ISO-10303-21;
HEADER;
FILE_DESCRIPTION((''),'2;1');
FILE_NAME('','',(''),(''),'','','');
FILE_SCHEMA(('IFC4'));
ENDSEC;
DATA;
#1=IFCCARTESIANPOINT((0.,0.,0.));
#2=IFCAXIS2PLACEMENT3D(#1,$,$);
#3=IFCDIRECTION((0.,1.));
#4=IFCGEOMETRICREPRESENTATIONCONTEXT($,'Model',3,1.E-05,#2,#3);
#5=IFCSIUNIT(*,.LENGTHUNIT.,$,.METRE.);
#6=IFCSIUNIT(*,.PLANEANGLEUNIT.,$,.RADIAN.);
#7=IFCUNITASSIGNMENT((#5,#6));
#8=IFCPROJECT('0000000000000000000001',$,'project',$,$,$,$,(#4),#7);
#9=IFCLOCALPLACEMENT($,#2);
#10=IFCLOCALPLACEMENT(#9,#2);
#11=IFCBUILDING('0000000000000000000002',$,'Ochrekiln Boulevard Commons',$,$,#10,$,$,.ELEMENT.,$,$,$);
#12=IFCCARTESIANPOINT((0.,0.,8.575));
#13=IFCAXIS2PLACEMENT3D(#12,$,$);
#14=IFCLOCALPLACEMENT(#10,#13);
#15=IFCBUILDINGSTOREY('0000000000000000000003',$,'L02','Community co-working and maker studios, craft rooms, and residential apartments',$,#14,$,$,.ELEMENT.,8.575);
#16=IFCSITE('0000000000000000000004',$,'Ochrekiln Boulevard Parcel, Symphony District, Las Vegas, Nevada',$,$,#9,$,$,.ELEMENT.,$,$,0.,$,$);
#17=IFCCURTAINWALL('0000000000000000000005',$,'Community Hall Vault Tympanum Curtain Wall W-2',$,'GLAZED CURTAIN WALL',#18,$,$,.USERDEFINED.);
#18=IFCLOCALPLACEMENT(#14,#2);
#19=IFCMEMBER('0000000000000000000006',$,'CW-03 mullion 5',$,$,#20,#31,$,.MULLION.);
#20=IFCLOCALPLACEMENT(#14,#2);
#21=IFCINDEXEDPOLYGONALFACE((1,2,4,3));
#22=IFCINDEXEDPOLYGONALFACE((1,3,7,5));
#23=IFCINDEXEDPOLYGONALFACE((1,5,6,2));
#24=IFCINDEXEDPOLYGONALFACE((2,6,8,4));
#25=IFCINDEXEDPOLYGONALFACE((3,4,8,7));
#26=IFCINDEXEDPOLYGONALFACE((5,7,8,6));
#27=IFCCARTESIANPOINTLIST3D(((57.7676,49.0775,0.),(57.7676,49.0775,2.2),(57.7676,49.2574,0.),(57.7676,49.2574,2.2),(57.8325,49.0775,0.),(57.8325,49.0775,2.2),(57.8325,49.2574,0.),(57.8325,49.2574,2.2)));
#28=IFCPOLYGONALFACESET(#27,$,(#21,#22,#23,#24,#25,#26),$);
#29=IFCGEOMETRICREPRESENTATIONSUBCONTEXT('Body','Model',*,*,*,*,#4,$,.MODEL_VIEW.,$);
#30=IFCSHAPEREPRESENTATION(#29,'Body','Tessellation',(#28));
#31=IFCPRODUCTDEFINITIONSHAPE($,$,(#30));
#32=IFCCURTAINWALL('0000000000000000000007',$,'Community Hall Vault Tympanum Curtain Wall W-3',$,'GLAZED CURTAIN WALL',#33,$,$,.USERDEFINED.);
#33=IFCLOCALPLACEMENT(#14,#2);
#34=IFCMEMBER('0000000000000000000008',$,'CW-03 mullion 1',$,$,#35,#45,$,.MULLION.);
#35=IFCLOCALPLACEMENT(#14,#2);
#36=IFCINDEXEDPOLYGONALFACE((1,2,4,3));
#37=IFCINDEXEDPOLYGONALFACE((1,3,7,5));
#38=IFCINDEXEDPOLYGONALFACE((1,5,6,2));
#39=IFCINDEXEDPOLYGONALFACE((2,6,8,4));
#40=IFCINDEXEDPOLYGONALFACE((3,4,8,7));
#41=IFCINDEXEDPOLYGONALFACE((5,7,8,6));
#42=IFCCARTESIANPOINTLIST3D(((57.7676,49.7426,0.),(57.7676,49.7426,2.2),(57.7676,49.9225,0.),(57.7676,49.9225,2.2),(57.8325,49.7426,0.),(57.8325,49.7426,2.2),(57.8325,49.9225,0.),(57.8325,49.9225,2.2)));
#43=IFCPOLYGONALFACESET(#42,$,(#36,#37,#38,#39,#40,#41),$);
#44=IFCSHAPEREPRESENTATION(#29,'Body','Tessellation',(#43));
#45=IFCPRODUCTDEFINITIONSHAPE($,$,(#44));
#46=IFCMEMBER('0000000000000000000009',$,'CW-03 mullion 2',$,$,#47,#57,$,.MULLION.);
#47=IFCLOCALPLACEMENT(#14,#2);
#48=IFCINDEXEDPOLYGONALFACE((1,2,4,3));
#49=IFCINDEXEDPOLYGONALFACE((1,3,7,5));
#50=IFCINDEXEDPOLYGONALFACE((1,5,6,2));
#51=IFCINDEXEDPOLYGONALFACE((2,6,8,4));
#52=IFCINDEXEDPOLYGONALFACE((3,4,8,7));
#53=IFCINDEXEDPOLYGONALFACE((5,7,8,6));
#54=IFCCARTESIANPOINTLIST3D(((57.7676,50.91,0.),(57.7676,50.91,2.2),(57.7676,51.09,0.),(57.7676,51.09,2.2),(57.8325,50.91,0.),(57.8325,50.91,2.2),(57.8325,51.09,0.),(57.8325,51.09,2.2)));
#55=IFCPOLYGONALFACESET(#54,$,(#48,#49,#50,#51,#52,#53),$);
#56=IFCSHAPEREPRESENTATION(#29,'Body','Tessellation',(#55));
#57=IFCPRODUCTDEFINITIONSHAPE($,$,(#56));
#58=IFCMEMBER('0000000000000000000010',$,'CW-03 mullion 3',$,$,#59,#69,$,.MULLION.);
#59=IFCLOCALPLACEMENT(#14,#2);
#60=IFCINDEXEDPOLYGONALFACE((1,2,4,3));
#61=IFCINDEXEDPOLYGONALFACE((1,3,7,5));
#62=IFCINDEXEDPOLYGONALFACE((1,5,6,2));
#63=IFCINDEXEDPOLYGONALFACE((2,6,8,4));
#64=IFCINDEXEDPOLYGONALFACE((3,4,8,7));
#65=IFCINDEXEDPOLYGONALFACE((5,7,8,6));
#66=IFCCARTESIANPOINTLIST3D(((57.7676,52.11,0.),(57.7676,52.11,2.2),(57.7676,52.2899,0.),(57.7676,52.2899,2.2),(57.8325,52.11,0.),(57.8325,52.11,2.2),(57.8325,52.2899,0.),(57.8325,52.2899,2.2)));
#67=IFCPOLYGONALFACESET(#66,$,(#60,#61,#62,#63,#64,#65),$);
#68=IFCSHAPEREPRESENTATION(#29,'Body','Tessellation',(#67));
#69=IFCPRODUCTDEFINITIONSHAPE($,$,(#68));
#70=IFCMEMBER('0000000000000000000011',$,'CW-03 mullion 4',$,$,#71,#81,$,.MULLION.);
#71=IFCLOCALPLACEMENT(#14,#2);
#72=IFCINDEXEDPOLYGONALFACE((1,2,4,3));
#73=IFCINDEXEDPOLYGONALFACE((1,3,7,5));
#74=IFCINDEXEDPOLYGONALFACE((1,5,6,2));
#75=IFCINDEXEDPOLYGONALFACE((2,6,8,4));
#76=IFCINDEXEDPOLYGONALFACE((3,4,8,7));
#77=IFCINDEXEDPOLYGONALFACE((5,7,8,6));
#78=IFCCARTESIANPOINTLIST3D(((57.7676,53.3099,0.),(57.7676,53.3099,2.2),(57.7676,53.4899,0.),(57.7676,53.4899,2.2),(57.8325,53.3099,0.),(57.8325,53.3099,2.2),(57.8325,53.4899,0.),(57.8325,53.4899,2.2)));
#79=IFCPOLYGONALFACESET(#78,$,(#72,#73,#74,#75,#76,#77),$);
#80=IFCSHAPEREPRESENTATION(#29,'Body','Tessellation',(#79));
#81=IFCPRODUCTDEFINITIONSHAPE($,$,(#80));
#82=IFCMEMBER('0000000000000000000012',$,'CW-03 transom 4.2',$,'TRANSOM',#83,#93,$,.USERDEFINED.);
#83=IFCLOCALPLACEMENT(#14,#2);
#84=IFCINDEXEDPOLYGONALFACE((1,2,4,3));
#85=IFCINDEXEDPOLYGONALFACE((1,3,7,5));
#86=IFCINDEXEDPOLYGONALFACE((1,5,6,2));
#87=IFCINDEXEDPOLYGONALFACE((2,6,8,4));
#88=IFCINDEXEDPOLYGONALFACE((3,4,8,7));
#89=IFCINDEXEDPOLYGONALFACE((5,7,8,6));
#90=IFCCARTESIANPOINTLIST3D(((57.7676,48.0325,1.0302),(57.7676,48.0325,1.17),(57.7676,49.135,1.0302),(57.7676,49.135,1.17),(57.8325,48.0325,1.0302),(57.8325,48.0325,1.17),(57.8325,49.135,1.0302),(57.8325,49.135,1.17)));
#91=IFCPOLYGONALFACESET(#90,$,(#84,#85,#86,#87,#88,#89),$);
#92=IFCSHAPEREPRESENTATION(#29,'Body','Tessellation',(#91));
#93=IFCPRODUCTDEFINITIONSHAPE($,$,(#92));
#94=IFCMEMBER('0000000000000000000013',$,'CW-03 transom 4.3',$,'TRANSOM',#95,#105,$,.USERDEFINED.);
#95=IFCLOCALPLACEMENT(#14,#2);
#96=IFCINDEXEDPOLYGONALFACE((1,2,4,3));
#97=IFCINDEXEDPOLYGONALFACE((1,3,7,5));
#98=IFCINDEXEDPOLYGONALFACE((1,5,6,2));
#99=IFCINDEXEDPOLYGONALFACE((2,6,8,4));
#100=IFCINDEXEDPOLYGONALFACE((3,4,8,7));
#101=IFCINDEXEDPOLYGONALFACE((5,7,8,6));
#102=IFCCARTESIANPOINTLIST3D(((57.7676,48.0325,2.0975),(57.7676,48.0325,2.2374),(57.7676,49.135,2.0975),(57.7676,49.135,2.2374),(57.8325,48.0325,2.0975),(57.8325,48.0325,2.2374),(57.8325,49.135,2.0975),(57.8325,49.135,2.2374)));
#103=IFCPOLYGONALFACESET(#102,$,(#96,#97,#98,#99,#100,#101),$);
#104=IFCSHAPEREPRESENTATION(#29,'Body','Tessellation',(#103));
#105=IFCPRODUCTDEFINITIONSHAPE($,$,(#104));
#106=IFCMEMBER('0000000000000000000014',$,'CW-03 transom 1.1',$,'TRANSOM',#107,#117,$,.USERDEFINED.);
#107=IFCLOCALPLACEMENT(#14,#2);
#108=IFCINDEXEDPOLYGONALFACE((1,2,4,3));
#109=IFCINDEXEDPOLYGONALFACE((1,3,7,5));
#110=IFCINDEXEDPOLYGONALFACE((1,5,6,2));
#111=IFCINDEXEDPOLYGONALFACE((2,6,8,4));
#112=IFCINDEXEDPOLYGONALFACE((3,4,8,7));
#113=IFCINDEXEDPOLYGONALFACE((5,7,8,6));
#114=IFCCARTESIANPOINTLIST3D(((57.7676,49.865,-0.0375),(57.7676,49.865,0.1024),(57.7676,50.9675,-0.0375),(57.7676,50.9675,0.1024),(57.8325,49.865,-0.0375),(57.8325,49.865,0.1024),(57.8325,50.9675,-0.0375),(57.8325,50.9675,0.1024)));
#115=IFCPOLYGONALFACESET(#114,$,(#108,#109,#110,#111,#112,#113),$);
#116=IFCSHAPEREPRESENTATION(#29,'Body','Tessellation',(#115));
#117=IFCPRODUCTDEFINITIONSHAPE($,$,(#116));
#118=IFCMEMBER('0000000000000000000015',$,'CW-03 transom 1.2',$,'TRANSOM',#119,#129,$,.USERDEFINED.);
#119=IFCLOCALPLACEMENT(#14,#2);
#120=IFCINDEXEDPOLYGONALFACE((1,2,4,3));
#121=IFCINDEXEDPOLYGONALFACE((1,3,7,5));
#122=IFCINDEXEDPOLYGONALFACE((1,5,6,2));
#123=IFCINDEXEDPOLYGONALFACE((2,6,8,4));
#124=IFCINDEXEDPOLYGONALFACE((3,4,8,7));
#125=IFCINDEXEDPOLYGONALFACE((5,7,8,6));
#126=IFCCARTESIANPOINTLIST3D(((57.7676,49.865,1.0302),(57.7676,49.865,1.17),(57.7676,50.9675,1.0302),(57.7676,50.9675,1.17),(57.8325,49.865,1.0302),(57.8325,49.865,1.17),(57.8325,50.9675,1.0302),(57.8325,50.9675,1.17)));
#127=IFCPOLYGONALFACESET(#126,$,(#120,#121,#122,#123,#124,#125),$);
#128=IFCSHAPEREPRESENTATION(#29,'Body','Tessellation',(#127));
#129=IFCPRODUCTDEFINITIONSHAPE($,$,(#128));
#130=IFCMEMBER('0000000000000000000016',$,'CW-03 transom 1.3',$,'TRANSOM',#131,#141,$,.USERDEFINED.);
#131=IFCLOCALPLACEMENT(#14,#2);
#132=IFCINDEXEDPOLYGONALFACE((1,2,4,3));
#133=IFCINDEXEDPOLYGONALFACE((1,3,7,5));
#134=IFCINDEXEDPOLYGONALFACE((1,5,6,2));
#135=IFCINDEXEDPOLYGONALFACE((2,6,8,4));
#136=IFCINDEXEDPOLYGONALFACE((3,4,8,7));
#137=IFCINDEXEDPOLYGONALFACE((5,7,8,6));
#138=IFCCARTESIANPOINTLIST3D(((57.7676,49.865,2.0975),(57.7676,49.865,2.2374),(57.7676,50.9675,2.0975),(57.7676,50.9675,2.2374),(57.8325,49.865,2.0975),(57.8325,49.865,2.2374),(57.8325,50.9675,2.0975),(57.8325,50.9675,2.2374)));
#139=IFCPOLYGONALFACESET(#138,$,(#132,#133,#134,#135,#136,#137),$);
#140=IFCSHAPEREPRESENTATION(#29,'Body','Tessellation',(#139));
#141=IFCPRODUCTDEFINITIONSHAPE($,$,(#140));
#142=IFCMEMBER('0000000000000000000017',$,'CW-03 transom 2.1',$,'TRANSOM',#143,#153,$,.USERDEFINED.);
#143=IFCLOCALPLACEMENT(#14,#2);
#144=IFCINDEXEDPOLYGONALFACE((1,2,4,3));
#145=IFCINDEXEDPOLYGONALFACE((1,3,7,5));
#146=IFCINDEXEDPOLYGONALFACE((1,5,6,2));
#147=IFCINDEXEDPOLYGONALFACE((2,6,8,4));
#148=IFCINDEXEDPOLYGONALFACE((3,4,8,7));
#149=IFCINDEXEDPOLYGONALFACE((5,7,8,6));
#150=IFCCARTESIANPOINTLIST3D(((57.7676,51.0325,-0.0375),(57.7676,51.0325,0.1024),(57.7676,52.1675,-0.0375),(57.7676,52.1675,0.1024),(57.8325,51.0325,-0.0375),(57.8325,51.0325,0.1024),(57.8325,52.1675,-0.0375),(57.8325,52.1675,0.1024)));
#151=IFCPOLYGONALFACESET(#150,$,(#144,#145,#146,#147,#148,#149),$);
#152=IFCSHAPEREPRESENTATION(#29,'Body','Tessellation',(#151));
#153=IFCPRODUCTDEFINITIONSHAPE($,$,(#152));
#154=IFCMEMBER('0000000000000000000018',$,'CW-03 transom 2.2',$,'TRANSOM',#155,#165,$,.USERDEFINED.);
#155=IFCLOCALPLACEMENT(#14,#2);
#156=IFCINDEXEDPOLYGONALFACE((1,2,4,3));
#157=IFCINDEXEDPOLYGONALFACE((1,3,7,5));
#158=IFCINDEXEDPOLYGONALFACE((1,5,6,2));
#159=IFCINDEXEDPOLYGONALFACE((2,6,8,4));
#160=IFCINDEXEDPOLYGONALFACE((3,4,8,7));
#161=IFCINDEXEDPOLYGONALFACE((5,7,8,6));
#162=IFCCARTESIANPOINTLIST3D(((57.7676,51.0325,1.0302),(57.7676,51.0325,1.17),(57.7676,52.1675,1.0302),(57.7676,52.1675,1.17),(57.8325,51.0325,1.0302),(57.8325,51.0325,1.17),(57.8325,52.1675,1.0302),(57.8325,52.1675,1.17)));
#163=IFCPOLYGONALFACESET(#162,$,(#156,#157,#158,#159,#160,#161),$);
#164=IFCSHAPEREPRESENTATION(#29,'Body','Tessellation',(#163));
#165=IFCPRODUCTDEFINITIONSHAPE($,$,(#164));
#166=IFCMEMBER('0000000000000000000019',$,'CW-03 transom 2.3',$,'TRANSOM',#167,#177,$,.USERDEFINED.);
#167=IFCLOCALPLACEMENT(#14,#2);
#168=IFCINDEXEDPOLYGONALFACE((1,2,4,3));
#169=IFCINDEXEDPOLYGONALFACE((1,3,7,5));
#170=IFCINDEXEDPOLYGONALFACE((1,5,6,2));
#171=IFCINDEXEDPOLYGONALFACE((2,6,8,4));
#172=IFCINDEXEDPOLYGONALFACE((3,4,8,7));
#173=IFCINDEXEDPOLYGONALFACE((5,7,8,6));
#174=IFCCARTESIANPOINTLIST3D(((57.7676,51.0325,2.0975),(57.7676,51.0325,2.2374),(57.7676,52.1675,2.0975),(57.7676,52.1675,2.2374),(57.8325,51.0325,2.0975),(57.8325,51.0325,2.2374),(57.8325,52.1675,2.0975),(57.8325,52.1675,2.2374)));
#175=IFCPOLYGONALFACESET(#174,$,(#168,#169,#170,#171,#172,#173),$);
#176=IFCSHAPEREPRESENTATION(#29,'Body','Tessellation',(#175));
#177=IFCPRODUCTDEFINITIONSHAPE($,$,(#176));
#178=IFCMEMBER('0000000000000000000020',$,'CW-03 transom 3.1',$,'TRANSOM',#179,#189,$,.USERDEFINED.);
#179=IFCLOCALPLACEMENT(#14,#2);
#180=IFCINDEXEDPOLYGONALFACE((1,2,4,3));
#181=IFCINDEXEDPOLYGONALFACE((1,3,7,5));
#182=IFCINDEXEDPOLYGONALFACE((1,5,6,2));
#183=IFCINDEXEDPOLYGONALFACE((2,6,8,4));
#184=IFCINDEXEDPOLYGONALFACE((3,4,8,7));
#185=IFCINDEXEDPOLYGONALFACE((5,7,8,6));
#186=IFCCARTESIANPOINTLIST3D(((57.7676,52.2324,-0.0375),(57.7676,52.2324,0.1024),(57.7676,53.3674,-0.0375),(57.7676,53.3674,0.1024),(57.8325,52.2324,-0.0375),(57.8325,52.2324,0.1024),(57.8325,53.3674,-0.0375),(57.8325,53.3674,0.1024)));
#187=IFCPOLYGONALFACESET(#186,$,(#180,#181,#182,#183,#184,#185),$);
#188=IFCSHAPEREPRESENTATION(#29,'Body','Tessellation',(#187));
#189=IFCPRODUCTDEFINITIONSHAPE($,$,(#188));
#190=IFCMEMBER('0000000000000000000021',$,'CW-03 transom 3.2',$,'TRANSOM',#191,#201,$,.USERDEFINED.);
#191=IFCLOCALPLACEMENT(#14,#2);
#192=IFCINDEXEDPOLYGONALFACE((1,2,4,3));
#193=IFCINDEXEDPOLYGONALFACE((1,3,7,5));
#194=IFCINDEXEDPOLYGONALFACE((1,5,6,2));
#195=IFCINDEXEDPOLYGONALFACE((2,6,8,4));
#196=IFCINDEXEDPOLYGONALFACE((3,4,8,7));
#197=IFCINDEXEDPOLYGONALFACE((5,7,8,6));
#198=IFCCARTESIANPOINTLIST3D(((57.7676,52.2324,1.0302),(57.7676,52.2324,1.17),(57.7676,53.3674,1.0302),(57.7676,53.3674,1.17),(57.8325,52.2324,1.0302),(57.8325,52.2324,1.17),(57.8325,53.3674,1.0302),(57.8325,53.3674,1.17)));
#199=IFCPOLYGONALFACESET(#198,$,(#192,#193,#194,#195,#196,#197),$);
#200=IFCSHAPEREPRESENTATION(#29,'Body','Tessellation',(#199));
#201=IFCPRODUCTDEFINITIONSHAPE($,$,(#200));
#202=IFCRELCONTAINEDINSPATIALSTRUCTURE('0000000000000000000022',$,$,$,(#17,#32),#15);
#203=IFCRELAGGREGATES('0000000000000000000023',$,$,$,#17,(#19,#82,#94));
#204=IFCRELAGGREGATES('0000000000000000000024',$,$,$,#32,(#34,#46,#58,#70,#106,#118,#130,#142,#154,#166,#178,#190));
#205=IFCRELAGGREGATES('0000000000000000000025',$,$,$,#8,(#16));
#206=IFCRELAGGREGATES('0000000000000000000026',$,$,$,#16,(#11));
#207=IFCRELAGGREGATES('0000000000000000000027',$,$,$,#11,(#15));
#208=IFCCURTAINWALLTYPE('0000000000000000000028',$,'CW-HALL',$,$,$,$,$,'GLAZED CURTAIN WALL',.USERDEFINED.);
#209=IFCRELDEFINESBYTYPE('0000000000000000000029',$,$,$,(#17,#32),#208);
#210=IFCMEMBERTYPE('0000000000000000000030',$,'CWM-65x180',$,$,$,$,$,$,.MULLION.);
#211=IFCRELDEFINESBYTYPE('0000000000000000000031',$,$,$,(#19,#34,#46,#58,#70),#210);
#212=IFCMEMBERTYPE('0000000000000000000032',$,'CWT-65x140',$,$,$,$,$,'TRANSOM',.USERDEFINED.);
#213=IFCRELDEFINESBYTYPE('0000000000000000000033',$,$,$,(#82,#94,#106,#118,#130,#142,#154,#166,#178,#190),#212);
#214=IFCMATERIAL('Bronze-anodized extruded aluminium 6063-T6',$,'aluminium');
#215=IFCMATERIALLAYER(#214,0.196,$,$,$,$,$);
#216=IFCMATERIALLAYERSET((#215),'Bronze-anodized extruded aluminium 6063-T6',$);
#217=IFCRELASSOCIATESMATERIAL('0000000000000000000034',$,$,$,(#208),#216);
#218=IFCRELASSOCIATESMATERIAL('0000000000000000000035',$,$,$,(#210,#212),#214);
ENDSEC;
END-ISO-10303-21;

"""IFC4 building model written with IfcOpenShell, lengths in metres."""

from ifc_helpers import new_model, si_unit, direction, frame, origin, origin_2d, place, context, subcontext, project, spatial, rectangle, extrude, material, layer, layer_set, material_profile, profile_set, type_object, element, aggregate, save


model = new_model("IFC4")

# Units and contexts
model_context = context("Model", 3, precision=1e-05, world=origin(), true_north=direction((0.0, 1.0)))
body_context = subcontext(model_context, "Body", "Model", "MODEL_VIEW")
ifc_project = project(units=[si_unit("LENGTHUNIT", "METRE"), si_unit("PLANEANGLEUNIT", "RADIAN")], contexts=[model_context])

# Site, building, storey
site_placement = place(None, origin())
site = spatial("IfcSite", under=ifc_project, at=site_placement, Name="Ochrekiln Boulevard Parcel, Symphony District, Las Vegas, Nevada", CompositionType="ELEMENT", RefElevation=0.0)
building_placement = place(site_placement, origin())
building = spatial("IfcBuilding", under=site, at=building_placement, Name="Ochrekiln Boulevard Commons", CompositionType="ELEMENT")
storey_placement = place(building_placement, frame((0.0, 0.0, 8.575)))
storey = spatial("IfcBuildingStorey", under=building, at=storey_placement, Name="L02", Description="Community co-working and maker studios, craft rooms, and residential apartments", CompositionType="ELEMENT", Elevation=8.575)

# Curtain wall, member
ifc_material_1 = material(Name="Bronze-anodized extruded aluminium 6063-T6", Category="aluminium")
ifc_layer_1 = layer(ifc_material_1, 0.196)
ifc_layer_set_1 = layer_set([ifc_layer_1], Name="Bronze-anodized extruded aluminium 6063-T6")
curtain_wall_type = type_object("IfcCurtainWallType", Name="CW-HALL", ElementType="GLAZED CURTAIN WALL", PredefinedType="USERDEFINED", material=ifc_layer_set_1)
curtain_wall_1_placement = place(storey_placement, origin())
curtain_wall_1 = element("IfcCurtainWall", 1, at=curtain_wall_1_placement, inside=storey, type_object=curtain_wall_type, Name="Community Hall Vault Tympanum Curtain Wall W-2", ObjectType="GLAZED CURTAIN WALL", PredefinedType="USERDEFINED")
ifc_material_profile_1 = material_profile(ifc_material_1, rectangle(XDim=0.0649, YDim=0.1799, at=origin_2d()), Name="ALU-MUL-65x180")
ifc_profile_set_1 = profile_set([ifc_material_profile_1], Name="Bronze-anodized extruded aluminium 6063-T6")
member_type_1 = type_object("IfcMemberType", Name="CWM-65x180", PredefinedType="MULLION", material=ifc_profile_set_1)
member_1_placement = place(storey_placement, frame((57.8, 49.1675, 0.0), z_axis=(0.0, 0.0, 1.0), x_axis=(-1.0, 0.0, 0.0)))
member_1 = element("IfcMember", 2, at=member_1_placement, type_object=member_type_1, Name="CW-03 mullion 5", PredefinedType="MULLION", context=body_context, shape_type="SweptSolid", body=[
    extrude(rectangle(XDim=0.0649, YDim=0.1799, at=origin_2d()), origin(), (0.0, 0.0, 1.0), 2.2),
])

# Curtain wall, members
curtain_wall_2_placement = place(storey_placement, origin())
curtain_wall_2 = element("IfcCurtainWall", 3, at=curtain_wall_2_placement, inside=storey, type_object=curtain_wall_type, Name="Community Hall Vault Tympanum Curtain Wall W-3", ObjectType="GLAZED CURTAIN WALL", PredefinedType="USERDEFINED")
member_2_placement = place(storey_placement, frame((57.8, 49.8325, 0.0), z_axis=(0.0, 0.0, 1.0), x_axis=(-1.0, 0.0, 0.0)))
member_2 = element("IfcMember", 4, at=member_2_placement, type_object=member_type_1, Name="CW-03 mullion 1", PredefinedType="MULLION", context=body_context, shape_type="SweptSolid", body=[
    extrude(rectangle(XDim=0.0649, YDim=0.1799, at=origin_2d()), origin(), (0.0, 0.0, 1.0), 2.2),
])
member_3_placement = place(storey_placement, frame((57.8, 51.0, 0.0), z_axis=(0.0, 0.0, 1.0), x_axis=(-1.0, 0.0, 0.0)))
member_3 = element("IfcMember", 5, at=member_3_placement, type_object=member_type_1, Name="CW-03 mullion 2", PredefinedType="MULLION", context=body_context, shape_type="SweptSolid", body=[
    extrude(rectangle(XDim=0.0649, YDim=0.1799, at=origin_2d()), origin(), (0.0, 0.0, 1.0), 2.2),
])
member_4_placement = place(storey_placement, frame((57.8, 52.2, 0.0), z_axis=(0.0, 0.0, 1.0), x_axis=(-1.0, 0.0, 0.0)))
member_4 = element("IfcMember", 6, at=member_4_placement, type_object=member_type_1, Name="CW-03 mullion 3", PredefinedType="MULLION", context=body_context, shape_type="SweptSolid", body=[
    extrude(rectangle(XDim=0.0649, YDim=0.1799, at=origin_2d()), origin(), (0.0, 0.0, 1.0), 2.2),
])
member_5_placement = place(storey_placement, frame((57.8, 53.3999, 0.0), z_axis=(0.0, 0.0, 1.0), x_axis=(-1.0, 0.0, 0.0)))
member_5 = element("IfcMember", 7, at=member_5_placement, type_object=member_type_1, Name="CW-03 mullion 4", PredefinedType="MULLION", context=body_context, shape_type="SweptSolid", body=[
    extrude(rectangle(XDim=0.0649, YDim=0.1799, at=origin_2d()), origin(), (0.0, 0.0, 1.0), 2.2),
])

# Members
ifc_material_profile_2 = material_profile(ifc_material_1, rectangle(XDim=0.0649, YDim=0.1399, at=origin_2d()), Name="ALU-TRN-65x140")
ifc_profile_set_2 = profile_set([ifc_material_profile_2], Name="Bronze-anodized extruded aluminium 6063-T6")
member_type_2 = type_object("IfcMemberType", Name="CWT-65x140", ElementType="TRANSOM", PredefinedType="USERDEFINED", material=ifc_profile_set_2)
member_6_placement = place(storey_placement, frame((57.8, 48.0325, 1.1001), z_axis=(0.0, 1.0, 0.0), x_axis=(-1.0, 0.0, 0.0)))
member_6 = element("IfcMember", 8, at=member_6_placement, type_object=member_type_2, Name="CW-03 transom 4.2", ObjectType="TRANSOM", PredefinedType="USERDEFINED", context=body_context, shape_type="SweptSolid", body=[
    extrude(rectangle(XDim=0.0649, YDim=0.1399, at=origin_2d()), origin(), (0.0, 0.0, 1.0), 1.1025),
])
member_7_placement = place(storey_placement, frame((57.8, 48.0325, 2.1675), z_axis=(0.0, 1.0, 0.0), x_axis=(-1.0, 0.0, 0.0)))
member_7 = element("IfcMember", 9, at=member_7_placement, type_object=member_type_2, Name="CW-03 transom 4.3", ObjectType="TRANSOM", PredefinedType="USERDEFINED", context=body_context, shape_type="SweptSolid", body=[
    extrude(rectangle(XDim=0.0649, YDim=0.1399, at=origin_2d()), origin(), (0.0, 0.0, 1.0), 1.1025),
])
member_8_placement = place(storey_placement, frame((57.8, 49.865, 0.0325), z_axis=(0.0, 1.0, 0.0), x_axis=(-1.0, 0.0, 0.0)))
member_8 = element("IfcMember", 10, at=member_8_placement, type_object=member_type_2, Name="CW-03 transom 1.1", ObjectType="TRANSOM", PredefinedType="USERDEFINED", context=body_context, shape_type="SweptSolid", body=[
    extrude(rectangle(XDim=0.0649, YDim=0.1399, at=origin_2d()), origin(), (0.0, 0.0, 1.0), 1.1025),
])
member_9_placement = place(storey_placement, frame((57.8, 49.865, 1.1001), z_axis=(0.0, 1.0, 0.0), x_axis=(-1.0, 0.0, 0.0)))
member_9 = element("IfcMember", 11, at=member_9_placement, type_object=member_type_2, Name="CW-03 transom 1.2", ObjectType="TRANSOM", PredefinedType="USERDEFINED", context=body_context, shape_type="SweptSolid", body=[
    extrude(rectangle(XDim=0.0649, YDim=0.1399, at=origin_2d()), origin(), (0.0, 0.0, 1.0), 1.1025),
])
member_10_placement = place(storey_placement, frame((57.8, 49.865, 2.1675), z_axis=(0.0, 1.0, 0.0), x_axis=(-1.0, 0.0, 0.0)))
member_10 = element("IfcMember", 12, at=member_10_placement, type_object=member_type_2, Name="CW-03 transom 1.3", ObjectType="TRANSOM", PredefinedType="USERDEFINED", context=body_context, shape_type="SweptSolid", body=[
    extrude(rectangle(XDim=0.0649, YDim=0.1399, at=origin_2d()), origin(), (0.0, 0.0, 1.0), 1.1025),
])
member_11_placement = place(storey_placement, frame((57.8, 51.0325, 0.0325), z_axis=(0.0, 1.0, 0.0), x_axis=(-1.0, 0.0, 0.0)))
member_11 = element("IfcMember", 13, at=member_11_placement, type_object=member_type_2, Name="CW-03 transom 2.1", ObjectType="TRANSOM", PredefinedType="USERDEFINED", context=body_context, shape_type="SweptSolid", body=[
    extrude(rectangle(XDim=0.0649, YDim=0.1399, at=origin_2d()), origin(), (0.0, 0.0, 1.0), 1.135),
])
member_12_placement = place(storey_placement, frame((57.8, 51.0325, 1.1001), z_axis=(0.0, 1.0, 0.0), x_axis=(-1.0, 0.0, 0.0)))
member_12 = element("IfcMember", 14, at=member_12_placement, type_object=member_type_2, Name="CW-03 transom 2.2", ObjectType="TRANSOM", PredefinedType="USERDEFINED", context=body_context, shape_type="SweptSolid", body=[
    extrude(rectangle(XDim=0.0649, YDim=0.1399, at=origin_2d()), origin(), (0.0, 0.0, 1.0), 1.135),
])
member_13_placement = place(storey_placement, frame((57.8, 51.0325, 2.1675), z_axis=(0.0, 1.0, 0.0), x_axis=(-1.0, 0.0, 0.0)))
member_13 = element("IfcMember", 15, at=member_13_placement, type_object=member_type_2, Name="CW-03 transom 2.3", ObjectType="TRANSOM", PredefinedType="USERDEFINED", context=body_context, shape_type="SweptSolid", body=[
    extrude(rectangle(XDim=0.0649, YDim=0.1399, at=origin_2d()), origin(), (0.0, 0.0, 1.0), 1.135),
])
member_14_placement = place(storey_placement, frame((57.8, 52.2324, 0.0325), z_axis=(0.0, 1.0, 0.0), x_axis=(-1.0, 0.0, 0.0)))
member_14 = element("IfcMember", 16, at=member_14_placement, type_object=member_type_2, Name="CW-03 transom 3.1", ObjectType="TRANSOM", PredefinedType="USERDEFINED", context=body_context, shape_type="SweptSolid", body=[
    extrude(rectangle(XDim=0.0649, YDim=0.1399, at=origin_2d()), origin(), (0.0, 0.0, 1.0), 1.135),
])
member_15_placement = place(storey_placement, frame((57.8, 52.2324, 1.1001), z_axis=(0.0, 1.0, 0.0), x_axis=(-1.0, 0.0, 0.0)))
member_15 = element("IfcMember", 17, at=member_15_placement, type_object=member_type_2, Name="CW-03 transom 3.2", ObjectType="TRANSOM", PredefinedType="USERDEFINED", context=body_context, shape_type="SweptSolid", body=[
    extrude(rectangle(XDim=0.0649, YDim=0.1399, at=origin_2d()), origin(), (0.0, 0.0, 1.0), 1.135),
])

aggregate(curtain_wall_1, [member_1, member_6, member_7])
aggregate(curtain_wall_2, [member_2, member_3, member_4, member_5, member_8, member_9, member_10, member_11, member_12, member_13, member_14, member_15])

save(model, "model.ifc")
